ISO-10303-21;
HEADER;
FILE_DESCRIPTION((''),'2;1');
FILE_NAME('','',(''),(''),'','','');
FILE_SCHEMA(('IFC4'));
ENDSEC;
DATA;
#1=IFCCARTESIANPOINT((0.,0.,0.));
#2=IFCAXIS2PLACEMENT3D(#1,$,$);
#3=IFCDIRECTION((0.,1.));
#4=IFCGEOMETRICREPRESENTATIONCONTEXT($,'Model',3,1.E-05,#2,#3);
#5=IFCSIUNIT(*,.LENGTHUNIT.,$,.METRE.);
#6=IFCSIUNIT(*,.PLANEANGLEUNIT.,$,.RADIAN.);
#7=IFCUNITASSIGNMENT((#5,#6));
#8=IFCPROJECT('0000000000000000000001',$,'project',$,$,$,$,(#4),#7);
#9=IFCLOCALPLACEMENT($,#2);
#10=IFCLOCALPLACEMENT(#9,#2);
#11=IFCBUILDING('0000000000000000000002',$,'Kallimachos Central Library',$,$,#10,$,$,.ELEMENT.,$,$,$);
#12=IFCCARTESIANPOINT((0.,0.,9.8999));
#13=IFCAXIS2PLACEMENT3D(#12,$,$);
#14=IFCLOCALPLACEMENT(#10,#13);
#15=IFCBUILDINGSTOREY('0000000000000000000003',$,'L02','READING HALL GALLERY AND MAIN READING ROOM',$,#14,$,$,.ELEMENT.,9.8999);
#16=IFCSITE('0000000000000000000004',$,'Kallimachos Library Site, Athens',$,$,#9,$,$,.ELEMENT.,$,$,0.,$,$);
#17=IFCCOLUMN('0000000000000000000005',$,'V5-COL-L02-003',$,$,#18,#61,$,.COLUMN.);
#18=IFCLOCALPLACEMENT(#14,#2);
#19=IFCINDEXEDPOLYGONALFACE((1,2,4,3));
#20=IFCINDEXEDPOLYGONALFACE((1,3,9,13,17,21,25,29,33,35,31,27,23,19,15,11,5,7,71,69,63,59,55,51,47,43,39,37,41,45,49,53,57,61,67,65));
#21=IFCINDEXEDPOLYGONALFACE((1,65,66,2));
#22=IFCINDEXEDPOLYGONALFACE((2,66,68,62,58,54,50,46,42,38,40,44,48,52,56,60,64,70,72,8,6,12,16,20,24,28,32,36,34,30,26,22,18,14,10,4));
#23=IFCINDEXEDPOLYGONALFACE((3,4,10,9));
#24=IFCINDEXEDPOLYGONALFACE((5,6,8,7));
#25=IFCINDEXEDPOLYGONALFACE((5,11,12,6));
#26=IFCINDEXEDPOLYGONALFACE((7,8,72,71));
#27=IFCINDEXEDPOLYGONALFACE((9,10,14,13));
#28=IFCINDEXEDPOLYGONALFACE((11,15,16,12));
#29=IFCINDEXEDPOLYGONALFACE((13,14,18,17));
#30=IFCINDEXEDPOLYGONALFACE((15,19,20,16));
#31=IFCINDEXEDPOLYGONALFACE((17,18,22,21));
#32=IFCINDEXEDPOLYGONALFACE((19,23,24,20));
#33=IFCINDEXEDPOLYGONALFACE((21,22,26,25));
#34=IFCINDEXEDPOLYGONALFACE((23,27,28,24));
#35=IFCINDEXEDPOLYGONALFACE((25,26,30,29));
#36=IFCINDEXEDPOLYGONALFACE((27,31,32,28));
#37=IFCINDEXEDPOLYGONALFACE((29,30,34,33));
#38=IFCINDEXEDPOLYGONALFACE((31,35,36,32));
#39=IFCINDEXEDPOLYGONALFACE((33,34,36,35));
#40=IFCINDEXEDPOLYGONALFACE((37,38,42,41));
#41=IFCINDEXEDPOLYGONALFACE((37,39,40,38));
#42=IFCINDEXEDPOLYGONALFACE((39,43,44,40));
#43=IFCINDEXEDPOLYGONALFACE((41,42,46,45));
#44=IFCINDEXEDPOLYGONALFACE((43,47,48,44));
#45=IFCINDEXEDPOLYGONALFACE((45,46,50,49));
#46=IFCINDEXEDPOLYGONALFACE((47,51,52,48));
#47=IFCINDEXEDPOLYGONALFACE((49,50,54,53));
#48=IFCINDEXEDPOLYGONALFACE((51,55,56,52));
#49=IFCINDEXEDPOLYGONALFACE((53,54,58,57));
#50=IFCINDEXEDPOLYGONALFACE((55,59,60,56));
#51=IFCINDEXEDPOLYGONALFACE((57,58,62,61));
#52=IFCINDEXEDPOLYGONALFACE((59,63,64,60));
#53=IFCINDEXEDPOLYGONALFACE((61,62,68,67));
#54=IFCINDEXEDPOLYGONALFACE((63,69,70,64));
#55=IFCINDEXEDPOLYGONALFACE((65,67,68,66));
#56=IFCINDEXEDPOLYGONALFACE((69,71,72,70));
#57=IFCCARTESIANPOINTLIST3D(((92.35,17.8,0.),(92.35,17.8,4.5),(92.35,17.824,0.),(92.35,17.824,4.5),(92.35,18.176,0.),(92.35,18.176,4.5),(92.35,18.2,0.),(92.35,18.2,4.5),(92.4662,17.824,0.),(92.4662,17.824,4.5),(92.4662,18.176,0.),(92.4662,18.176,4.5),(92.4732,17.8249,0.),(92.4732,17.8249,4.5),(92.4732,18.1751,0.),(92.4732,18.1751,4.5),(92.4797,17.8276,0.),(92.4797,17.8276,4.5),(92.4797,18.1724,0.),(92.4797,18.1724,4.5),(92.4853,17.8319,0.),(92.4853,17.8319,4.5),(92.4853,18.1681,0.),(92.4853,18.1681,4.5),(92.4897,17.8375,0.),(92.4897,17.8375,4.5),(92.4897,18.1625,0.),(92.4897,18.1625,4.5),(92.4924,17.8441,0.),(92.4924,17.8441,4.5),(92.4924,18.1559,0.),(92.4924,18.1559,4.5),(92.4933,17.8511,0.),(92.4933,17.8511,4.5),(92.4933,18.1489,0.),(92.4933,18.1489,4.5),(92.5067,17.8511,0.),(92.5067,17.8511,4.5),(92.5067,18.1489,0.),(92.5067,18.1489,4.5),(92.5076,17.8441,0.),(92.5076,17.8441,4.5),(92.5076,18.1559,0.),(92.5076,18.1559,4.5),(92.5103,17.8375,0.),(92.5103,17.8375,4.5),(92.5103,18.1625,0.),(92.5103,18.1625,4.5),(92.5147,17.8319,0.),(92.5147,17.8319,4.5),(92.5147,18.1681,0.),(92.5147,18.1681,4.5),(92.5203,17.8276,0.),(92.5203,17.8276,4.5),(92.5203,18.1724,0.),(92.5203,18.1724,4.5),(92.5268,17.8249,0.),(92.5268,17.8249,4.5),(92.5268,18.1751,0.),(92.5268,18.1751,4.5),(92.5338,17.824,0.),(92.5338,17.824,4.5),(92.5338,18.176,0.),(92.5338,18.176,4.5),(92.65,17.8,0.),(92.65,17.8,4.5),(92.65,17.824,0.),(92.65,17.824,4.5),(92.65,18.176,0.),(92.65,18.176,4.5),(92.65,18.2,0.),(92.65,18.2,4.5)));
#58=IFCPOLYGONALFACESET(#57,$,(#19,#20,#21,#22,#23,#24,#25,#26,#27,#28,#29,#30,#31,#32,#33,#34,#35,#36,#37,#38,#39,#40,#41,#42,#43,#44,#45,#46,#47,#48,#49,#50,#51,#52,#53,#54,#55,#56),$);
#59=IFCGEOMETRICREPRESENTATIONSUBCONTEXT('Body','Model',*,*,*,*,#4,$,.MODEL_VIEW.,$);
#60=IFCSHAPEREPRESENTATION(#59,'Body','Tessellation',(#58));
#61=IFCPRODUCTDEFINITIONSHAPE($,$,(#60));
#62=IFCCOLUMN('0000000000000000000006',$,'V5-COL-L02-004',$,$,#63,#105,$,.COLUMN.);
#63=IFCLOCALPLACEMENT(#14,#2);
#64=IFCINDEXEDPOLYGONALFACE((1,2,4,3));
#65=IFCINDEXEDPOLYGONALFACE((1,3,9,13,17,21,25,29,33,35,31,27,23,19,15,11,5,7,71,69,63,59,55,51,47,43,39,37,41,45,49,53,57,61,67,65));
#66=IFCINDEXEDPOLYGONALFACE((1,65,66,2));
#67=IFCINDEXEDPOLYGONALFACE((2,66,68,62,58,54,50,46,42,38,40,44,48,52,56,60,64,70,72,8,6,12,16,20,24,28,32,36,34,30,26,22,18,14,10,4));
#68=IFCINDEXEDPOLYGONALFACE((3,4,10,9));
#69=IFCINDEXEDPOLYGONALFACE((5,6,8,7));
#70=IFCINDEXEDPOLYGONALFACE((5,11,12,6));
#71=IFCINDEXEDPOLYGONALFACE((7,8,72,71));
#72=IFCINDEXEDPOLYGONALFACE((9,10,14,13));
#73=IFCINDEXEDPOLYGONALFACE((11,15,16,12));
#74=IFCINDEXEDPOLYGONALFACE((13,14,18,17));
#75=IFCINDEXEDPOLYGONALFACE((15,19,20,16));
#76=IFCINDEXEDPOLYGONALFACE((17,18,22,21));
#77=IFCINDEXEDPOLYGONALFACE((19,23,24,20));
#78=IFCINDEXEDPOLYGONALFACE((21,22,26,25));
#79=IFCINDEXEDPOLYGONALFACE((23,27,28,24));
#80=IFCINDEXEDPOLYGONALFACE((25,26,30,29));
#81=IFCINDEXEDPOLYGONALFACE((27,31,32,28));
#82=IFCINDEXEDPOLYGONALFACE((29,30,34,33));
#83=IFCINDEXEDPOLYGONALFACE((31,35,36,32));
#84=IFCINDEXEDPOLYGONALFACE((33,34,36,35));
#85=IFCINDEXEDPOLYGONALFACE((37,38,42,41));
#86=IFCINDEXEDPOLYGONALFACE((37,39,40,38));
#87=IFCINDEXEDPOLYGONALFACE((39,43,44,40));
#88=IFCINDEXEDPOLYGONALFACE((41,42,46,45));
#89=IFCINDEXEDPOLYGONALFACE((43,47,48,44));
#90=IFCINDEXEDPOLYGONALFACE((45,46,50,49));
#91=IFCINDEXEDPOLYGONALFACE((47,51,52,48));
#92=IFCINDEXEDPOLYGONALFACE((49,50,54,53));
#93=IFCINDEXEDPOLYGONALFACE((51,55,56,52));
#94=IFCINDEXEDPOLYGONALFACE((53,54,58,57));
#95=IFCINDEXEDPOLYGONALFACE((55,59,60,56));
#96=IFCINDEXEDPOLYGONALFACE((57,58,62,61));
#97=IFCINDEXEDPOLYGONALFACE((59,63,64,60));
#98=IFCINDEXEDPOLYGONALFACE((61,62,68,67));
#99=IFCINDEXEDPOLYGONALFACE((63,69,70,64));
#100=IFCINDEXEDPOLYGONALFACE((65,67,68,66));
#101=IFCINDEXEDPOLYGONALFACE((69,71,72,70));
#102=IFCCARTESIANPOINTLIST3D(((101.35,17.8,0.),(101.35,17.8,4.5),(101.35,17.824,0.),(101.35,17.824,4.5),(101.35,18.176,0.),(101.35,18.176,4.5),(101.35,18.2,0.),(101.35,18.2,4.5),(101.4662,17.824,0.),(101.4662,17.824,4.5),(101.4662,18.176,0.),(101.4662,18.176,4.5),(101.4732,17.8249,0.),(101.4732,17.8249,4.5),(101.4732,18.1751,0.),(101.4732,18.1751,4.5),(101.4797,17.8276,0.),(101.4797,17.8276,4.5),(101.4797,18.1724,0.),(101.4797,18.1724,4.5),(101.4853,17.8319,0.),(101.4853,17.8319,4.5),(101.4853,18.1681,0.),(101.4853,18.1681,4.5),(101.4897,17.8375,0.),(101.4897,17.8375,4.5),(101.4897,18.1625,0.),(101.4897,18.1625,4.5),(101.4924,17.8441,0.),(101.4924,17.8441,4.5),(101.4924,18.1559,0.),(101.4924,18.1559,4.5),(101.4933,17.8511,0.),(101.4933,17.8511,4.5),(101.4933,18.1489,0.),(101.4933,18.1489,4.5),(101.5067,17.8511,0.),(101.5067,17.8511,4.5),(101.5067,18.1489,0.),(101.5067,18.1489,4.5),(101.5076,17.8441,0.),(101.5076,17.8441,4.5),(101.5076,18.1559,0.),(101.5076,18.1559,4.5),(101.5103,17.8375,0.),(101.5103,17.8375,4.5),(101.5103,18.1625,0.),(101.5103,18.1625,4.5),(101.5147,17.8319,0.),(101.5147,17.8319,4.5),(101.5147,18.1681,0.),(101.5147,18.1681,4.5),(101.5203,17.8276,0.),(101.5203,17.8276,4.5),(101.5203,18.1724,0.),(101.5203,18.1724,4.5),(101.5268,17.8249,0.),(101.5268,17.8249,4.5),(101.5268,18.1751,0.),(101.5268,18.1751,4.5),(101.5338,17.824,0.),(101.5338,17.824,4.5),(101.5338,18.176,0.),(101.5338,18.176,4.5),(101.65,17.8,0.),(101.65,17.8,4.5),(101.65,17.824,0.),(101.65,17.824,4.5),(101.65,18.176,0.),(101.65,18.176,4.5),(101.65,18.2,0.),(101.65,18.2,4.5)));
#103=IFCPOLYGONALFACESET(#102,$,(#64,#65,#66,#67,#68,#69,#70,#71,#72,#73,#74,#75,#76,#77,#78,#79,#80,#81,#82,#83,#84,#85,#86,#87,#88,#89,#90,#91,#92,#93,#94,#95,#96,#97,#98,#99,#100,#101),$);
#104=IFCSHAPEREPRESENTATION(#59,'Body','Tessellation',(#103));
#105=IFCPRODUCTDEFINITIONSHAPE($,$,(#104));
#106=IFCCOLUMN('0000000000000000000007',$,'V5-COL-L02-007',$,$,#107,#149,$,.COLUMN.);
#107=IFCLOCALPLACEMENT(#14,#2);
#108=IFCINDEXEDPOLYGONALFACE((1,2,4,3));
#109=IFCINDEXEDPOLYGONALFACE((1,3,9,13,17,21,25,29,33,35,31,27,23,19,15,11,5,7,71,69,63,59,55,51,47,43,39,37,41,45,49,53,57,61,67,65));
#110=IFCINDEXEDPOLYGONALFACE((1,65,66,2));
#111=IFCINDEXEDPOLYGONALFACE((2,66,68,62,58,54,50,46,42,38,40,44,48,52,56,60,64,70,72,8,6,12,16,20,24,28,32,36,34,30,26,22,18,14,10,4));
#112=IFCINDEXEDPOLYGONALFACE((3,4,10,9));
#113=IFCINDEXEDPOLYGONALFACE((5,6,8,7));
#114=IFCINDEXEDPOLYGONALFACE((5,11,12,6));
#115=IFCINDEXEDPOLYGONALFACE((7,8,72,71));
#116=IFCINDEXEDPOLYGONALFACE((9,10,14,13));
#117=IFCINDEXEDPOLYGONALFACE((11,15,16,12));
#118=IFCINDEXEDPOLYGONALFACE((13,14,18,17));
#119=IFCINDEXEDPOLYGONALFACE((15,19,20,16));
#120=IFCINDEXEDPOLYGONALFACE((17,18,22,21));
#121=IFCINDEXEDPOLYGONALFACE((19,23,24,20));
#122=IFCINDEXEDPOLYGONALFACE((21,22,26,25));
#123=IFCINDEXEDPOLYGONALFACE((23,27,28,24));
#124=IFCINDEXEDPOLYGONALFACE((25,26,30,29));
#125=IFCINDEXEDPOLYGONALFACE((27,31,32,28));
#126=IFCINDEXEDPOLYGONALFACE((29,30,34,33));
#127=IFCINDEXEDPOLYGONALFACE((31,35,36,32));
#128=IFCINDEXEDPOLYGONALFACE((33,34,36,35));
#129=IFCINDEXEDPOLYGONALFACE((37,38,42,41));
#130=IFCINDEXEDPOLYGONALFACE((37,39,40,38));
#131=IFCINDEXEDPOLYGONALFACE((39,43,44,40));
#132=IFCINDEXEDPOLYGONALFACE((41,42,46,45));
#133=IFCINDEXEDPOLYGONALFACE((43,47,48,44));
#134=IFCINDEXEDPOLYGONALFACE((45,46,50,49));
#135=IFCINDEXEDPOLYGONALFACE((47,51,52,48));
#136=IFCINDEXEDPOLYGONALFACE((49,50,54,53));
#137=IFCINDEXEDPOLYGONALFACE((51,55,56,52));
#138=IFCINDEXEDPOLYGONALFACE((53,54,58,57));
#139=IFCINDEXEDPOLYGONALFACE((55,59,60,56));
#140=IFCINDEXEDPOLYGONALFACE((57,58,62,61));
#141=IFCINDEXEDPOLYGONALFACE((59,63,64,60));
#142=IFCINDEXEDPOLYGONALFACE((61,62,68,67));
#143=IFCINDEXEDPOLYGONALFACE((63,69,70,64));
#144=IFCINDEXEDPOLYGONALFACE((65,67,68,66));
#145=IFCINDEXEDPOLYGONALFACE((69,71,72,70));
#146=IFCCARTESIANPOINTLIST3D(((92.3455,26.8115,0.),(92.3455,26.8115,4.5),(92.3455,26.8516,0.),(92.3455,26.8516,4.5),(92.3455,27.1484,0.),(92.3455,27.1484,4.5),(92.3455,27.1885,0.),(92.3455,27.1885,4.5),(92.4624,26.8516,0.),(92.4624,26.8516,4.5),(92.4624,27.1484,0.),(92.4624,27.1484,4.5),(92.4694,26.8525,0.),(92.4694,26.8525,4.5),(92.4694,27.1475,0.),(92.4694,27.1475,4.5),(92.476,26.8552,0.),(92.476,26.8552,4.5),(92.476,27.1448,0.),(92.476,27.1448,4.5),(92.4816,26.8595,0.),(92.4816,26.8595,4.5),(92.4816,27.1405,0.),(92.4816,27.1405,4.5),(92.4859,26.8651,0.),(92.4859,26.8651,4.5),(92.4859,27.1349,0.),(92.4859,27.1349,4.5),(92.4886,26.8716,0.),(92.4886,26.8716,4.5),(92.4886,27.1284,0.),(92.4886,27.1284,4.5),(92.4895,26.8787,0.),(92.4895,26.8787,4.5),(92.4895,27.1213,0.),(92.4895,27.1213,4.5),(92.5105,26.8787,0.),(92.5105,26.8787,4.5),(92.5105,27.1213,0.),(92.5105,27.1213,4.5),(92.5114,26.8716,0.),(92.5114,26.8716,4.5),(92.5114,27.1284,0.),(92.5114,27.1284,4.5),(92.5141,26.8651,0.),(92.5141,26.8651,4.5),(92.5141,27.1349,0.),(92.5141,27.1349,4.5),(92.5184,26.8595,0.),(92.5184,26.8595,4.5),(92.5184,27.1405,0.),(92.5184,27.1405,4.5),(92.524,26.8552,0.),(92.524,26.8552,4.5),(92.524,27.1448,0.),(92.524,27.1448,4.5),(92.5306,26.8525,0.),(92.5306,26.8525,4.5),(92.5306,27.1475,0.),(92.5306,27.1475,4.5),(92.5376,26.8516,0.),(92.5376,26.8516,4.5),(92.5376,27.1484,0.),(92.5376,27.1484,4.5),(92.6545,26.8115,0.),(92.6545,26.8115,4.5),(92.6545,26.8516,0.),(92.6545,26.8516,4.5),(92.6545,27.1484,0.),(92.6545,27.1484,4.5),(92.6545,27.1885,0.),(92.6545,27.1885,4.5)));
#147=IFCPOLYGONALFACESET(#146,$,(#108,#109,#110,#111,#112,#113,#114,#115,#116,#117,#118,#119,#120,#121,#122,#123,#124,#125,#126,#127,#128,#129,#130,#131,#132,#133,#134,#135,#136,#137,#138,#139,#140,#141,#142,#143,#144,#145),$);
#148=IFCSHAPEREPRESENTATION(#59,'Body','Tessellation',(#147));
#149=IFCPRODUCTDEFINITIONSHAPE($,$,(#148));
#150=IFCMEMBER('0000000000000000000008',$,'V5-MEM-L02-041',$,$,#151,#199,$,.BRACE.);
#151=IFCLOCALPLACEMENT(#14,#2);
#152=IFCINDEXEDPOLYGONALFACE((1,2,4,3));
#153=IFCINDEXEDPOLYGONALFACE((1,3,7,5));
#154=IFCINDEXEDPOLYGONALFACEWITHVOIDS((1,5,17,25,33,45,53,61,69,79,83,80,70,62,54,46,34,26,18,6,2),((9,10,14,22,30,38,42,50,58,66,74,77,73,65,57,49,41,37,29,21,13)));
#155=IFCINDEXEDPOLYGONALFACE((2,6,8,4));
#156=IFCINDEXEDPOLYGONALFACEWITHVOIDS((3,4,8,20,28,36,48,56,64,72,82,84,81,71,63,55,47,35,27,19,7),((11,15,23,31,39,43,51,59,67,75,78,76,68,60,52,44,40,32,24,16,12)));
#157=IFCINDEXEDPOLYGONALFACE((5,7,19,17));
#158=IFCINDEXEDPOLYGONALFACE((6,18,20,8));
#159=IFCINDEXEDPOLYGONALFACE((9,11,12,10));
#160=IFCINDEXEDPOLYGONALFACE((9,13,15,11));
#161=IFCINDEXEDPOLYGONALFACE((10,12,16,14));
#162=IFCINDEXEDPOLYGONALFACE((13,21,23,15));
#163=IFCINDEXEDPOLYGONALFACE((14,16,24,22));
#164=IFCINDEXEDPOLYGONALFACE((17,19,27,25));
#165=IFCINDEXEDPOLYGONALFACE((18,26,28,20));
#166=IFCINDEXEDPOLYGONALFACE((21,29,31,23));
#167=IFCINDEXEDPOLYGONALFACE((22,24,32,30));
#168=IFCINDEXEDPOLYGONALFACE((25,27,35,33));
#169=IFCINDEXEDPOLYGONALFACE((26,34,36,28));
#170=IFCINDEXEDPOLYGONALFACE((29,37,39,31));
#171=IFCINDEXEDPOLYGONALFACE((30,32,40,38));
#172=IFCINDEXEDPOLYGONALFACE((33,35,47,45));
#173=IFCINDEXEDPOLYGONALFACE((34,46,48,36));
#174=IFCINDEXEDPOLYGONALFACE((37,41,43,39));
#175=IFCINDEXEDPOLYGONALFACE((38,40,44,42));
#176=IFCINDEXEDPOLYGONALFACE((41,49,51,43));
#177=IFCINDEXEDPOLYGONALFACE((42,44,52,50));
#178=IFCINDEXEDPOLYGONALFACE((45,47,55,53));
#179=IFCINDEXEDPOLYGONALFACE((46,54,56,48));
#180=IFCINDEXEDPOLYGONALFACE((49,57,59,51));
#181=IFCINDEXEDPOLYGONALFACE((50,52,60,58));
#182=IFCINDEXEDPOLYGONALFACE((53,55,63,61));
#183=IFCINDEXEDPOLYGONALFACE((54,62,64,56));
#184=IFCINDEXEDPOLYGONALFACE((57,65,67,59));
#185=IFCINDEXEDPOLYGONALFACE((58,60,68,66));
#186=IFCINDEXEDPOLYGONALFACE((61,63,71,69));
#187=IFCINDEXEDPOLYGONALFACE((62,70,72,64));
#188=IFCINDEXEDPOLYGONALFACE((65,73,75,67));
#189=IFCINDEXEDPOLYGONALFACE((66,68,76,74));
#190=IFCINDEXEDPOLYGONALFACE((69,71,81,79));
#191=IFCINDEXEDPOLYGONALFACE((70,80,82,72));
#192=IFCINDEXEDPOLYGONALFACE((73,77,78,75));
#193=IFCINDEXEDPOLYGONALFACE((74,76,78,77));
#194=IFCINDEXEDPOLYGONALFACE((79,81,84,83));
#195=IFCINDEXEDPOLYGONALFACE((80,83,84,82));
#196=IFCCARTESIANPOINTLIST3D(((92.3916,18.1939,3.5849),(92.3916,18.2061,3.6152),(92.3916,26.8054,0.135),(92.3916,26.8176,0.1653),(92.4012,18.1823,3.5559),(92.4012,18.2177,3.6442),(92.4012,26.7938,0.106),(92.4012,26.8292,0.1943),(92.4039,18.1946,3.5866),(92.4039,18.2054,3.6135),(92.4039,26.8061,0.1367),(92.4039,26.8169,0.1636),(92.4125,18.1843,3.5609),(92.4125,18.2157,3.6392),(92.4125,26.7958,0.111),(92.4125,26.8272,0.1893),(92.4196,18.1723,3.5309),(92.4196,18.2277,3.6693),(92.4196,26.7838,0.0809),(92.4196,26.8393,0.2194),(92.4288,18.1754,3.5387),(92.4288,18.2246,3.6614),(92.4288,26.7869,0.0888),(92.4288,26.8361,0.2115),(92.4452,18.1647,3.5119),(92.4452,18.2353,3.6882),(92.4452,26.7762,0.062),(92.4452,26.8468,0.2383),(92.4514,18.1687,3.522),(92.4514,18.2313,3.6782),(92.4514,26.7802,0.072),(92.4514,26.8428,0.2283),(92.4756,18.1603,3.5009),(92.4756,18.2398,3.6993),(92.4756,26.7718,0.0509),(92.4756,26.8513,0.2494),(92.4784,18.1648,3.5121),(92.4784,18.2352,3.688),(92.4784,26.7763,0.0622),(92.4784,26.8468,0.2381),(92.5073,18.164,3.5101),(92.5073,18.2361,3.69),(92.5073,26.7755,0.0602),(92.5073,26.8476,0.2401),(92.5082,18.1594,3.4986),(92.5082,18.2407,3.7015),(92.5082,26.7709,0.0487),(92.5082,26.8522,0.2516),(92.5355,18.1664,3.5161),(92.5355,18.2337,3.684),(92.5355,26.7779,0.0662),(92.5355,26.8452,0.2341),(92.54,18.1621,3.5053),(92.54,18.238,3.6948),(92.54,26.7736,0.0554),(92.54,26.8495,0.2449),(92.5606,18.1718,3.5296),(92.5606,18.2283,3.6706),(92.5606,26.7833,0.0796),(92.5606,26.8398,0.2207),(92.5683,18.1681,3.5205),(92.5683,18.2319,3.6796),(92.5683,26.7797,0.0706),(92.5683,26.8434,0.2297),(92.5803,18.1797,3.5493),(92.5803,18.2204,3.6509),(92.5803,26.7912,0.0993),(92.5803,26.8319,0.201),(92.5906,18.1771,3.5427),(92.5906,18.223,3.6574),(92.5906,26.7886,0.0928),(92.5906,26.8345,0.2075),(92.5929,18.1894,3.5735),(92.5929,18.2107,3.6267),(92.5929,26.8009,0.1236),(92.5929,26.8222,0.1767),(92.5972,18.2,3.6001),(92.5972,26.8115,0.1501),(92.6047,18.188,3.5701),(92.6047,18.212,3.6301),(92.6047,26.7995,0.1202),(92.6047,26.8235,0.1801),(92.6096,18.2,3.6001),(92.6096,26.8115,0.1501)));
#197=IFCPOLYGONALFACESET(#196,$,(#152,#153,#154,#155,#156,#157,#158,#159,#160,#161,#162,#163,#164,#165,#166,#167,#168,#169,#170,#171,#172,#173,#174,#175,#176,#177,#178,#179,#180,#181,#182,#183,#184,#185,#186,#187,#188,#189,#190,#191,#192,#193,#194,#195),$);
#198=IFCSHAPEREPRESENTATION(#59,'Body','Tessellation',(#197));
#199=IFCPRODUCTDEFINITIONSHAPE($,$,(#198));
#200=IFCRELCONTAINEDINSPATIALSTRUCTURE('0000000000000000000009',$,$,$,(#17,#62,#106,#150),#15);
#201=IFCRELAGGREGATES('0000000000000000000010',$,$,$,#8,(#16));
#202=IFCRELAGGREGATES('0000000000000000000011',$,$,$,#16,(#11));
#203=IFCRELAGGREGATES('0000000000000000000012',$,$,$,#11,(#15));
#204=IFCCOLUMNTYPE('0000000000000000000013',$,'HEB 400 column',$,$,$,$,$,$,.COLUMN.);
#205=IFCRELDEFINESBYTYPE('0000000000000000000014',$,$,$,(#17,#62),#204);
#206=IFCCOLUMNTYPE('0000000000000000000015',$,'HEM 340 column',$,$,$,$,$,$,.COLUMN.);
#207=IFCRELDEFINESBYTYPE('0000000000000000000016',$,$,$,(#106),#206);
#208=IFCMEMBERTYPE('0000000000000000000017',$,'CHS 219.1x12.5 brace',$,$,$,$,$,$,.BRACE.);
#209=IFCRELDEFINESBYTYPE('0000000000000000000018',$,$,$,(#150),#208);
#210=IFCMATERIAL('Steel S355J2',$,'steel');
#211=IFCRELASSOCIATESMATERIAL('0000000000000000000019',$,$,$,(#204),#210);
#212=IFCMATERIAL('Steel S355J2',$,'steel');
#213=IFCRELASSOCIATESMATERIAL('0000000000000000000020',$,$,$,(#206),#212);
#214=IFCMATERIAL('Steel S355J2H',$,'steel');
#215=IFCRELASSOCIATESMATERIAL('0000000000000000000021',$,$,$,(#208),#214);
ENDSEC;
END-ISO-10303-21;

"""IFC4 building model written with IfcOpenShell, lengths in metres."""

from ifc_helpers import new_model, si_unit, direction, frame, origin, origin_2d, place, context, subcontext, project, spatial, hollow_circle, i_section, extrude, material, material_profile, profile_set, type_object, element, save


model = new_model("IFC4")

# Units and contexts
model_context = context("Model", 3, precision=1e-05, world=origin(), true_north=direction((0.0, 1.0)))
body_context = subcontext(model_context, "Body", "Model", "MODEL_VIEW")
ifc_project = project(units=[si_unit("LENGTHUNIT", "METRE"), si_unit("PLANEANGLEUNIT", "RADIAN")], contexts=[model_context])

# Site, building, storey
site_placement = place(None, origin())
site = spatial("IfcSite", under=ifc_project, at=site_placement, Name="Kallimachos Library Site, Athens", CompositionType="ELEMENT", RefElevation=0.0)
building_placement = place(site_placement, origin())
building = spatial("IfcBuilding", under=site, at=building_placement, Name="Kallimachos Central Library", CompositionType="ELEMENT")
storey_placement = place(building_placement, frame((0.0, 0.0, 9.8999)))
storey = spatial("IfcBuildingStorey", under=building, at=storey_placement, Name="L02", Description="READING HALL GALLERY AND MAIN READING ROOM", CompositionType="ELEMENT", Elevation=9.8999)

# Columns
ifc_material_1 = material(Name="Steel S355J2", Category="steel")
ifc_material_profile_1 = material_profile(ifc_material_1, i_section(OverallWidth=0.3, OverallDepth=0.3999, WebThickness=0.0134, FlangeThickness=0.0239, FilletRadius=0.0271, at=origin_2d()), Name="HEB 400")
ifc_profile_set_1 = profile_set([ifc_material_profile_1], Name="Steel S355J2")
column_type_1 = type_object("IfcColumnType", Name="HEB 400 column", PredefinedType="COLUMN", material=ifc_profile_set_1)
for number, where, z_axis, x_axis, name in (
    (1, (92.5, 18.0, 0.0), (0.0, 0.0, 1.0), (1.0, 0.0, 0.0), "V5-COL-L02-003"),
    (2, (101.5, 18.0, 0.0), (0.0, 0.0, 1.0), (1.0, 0.0, 0.0), "V5-COL-L02-004"),
):
    element("IfcColumn", number, at=place(storey_placement, frame(where, z_axis=z_axis, x_axis=x_axis)), inside=storey, type_object=column_type_1, Name=name, PredefinedType="COLUMN", context=body_context, shape_type="SweptSolid", body=[
        extrude(i_section(OverallWidth=0.3, OverallDepth=0.3999, WebThickness=0.0134, FlangeThickness=0.0239, FilletRadius=0.0271, at=origin_2d()), origin(), (0.0, 0.0, 1.0), 4.5),
    ])
ifc_material_2 = material(Name="Steel S355J2", Category="steel")
ifc_material_profile_2 = material_profile(ifc_material_2, i_section(OverallWidth=0.3091, OverallDepth=0.377, WebThickness=0.021, FlangeThickness=0.04, FilletRadius=0.0271, at=origin_2d()), Name="HEM 340")
ifc_profile_set_2 = profile_set([ifc_material_profile_2], Name="Steel S355J2")
column_type_2 = type_object("IfcColumnType", Name="HEM 340 column", PredefinedType="COLUMN", material=ifc_profile_set_2)
column_placement = place(storey_placement, frame((92.5, 27.0, 0.0), z_axis=(0.0, 0.0, 1.0), x_axis=(1.0, 0.0, 0.0)))
element("IfcColumn", 3, at=column_placement, inside=storey, type_object=column_type_2, Name="V5-COL-L02-007", PredefinedType="COLUMN", context=body_context, shape_type="SweptSolid", body=[
    extrude(i_section(OverallWidth=0.3091, OverallDepth=0.377, WebThickness=0.021, FlangeThickness=0.04, FilletRadius=0.0271, at=origin_2d()), origin(), (0.0, 0.0, 1.0), 4.5),
])

# Member
ifc_material_3 = material(Name="Steel S355J2H", Category="steel")
ifc_material_profile_3 = material_profile(ifc_material_3, hollow_circle(Radius=0.1096, WallThickness=0.0125, at=origin_2d()), Name="CHS 219.1x12.5")
ifc_profile_set_3 = profile_set([ifc_material_profile_3], Name="Steel S355J2H")
member_type = type_object("IfcMemberType", Name="CHS 219.1x12.5 brace", PredefinedType="BRACE", material=ifc_profile_set_3)
member_placement = place(storey_placement, frame((92.5, 26.8115, 0.1501), z_axis=(0.0, -0.928279, 0.371885), x_axis=(1.0, 0.0, 0.0)))
element("IfcMember", 4, at=member_placement, inside=storey, type_object=member_type, Name="V5-MEM-L02-041", PredefinedType="BRACE", context=body_context, shape_type="SweptSolid", body=[
    extrude(hollow_circle(Radius=0.1096, WallThickness=0.0125, at=origin_2d()), origin(), (0.0, 0.0, 1.0), 9.2769),
])

save(model, "model.ifc")
